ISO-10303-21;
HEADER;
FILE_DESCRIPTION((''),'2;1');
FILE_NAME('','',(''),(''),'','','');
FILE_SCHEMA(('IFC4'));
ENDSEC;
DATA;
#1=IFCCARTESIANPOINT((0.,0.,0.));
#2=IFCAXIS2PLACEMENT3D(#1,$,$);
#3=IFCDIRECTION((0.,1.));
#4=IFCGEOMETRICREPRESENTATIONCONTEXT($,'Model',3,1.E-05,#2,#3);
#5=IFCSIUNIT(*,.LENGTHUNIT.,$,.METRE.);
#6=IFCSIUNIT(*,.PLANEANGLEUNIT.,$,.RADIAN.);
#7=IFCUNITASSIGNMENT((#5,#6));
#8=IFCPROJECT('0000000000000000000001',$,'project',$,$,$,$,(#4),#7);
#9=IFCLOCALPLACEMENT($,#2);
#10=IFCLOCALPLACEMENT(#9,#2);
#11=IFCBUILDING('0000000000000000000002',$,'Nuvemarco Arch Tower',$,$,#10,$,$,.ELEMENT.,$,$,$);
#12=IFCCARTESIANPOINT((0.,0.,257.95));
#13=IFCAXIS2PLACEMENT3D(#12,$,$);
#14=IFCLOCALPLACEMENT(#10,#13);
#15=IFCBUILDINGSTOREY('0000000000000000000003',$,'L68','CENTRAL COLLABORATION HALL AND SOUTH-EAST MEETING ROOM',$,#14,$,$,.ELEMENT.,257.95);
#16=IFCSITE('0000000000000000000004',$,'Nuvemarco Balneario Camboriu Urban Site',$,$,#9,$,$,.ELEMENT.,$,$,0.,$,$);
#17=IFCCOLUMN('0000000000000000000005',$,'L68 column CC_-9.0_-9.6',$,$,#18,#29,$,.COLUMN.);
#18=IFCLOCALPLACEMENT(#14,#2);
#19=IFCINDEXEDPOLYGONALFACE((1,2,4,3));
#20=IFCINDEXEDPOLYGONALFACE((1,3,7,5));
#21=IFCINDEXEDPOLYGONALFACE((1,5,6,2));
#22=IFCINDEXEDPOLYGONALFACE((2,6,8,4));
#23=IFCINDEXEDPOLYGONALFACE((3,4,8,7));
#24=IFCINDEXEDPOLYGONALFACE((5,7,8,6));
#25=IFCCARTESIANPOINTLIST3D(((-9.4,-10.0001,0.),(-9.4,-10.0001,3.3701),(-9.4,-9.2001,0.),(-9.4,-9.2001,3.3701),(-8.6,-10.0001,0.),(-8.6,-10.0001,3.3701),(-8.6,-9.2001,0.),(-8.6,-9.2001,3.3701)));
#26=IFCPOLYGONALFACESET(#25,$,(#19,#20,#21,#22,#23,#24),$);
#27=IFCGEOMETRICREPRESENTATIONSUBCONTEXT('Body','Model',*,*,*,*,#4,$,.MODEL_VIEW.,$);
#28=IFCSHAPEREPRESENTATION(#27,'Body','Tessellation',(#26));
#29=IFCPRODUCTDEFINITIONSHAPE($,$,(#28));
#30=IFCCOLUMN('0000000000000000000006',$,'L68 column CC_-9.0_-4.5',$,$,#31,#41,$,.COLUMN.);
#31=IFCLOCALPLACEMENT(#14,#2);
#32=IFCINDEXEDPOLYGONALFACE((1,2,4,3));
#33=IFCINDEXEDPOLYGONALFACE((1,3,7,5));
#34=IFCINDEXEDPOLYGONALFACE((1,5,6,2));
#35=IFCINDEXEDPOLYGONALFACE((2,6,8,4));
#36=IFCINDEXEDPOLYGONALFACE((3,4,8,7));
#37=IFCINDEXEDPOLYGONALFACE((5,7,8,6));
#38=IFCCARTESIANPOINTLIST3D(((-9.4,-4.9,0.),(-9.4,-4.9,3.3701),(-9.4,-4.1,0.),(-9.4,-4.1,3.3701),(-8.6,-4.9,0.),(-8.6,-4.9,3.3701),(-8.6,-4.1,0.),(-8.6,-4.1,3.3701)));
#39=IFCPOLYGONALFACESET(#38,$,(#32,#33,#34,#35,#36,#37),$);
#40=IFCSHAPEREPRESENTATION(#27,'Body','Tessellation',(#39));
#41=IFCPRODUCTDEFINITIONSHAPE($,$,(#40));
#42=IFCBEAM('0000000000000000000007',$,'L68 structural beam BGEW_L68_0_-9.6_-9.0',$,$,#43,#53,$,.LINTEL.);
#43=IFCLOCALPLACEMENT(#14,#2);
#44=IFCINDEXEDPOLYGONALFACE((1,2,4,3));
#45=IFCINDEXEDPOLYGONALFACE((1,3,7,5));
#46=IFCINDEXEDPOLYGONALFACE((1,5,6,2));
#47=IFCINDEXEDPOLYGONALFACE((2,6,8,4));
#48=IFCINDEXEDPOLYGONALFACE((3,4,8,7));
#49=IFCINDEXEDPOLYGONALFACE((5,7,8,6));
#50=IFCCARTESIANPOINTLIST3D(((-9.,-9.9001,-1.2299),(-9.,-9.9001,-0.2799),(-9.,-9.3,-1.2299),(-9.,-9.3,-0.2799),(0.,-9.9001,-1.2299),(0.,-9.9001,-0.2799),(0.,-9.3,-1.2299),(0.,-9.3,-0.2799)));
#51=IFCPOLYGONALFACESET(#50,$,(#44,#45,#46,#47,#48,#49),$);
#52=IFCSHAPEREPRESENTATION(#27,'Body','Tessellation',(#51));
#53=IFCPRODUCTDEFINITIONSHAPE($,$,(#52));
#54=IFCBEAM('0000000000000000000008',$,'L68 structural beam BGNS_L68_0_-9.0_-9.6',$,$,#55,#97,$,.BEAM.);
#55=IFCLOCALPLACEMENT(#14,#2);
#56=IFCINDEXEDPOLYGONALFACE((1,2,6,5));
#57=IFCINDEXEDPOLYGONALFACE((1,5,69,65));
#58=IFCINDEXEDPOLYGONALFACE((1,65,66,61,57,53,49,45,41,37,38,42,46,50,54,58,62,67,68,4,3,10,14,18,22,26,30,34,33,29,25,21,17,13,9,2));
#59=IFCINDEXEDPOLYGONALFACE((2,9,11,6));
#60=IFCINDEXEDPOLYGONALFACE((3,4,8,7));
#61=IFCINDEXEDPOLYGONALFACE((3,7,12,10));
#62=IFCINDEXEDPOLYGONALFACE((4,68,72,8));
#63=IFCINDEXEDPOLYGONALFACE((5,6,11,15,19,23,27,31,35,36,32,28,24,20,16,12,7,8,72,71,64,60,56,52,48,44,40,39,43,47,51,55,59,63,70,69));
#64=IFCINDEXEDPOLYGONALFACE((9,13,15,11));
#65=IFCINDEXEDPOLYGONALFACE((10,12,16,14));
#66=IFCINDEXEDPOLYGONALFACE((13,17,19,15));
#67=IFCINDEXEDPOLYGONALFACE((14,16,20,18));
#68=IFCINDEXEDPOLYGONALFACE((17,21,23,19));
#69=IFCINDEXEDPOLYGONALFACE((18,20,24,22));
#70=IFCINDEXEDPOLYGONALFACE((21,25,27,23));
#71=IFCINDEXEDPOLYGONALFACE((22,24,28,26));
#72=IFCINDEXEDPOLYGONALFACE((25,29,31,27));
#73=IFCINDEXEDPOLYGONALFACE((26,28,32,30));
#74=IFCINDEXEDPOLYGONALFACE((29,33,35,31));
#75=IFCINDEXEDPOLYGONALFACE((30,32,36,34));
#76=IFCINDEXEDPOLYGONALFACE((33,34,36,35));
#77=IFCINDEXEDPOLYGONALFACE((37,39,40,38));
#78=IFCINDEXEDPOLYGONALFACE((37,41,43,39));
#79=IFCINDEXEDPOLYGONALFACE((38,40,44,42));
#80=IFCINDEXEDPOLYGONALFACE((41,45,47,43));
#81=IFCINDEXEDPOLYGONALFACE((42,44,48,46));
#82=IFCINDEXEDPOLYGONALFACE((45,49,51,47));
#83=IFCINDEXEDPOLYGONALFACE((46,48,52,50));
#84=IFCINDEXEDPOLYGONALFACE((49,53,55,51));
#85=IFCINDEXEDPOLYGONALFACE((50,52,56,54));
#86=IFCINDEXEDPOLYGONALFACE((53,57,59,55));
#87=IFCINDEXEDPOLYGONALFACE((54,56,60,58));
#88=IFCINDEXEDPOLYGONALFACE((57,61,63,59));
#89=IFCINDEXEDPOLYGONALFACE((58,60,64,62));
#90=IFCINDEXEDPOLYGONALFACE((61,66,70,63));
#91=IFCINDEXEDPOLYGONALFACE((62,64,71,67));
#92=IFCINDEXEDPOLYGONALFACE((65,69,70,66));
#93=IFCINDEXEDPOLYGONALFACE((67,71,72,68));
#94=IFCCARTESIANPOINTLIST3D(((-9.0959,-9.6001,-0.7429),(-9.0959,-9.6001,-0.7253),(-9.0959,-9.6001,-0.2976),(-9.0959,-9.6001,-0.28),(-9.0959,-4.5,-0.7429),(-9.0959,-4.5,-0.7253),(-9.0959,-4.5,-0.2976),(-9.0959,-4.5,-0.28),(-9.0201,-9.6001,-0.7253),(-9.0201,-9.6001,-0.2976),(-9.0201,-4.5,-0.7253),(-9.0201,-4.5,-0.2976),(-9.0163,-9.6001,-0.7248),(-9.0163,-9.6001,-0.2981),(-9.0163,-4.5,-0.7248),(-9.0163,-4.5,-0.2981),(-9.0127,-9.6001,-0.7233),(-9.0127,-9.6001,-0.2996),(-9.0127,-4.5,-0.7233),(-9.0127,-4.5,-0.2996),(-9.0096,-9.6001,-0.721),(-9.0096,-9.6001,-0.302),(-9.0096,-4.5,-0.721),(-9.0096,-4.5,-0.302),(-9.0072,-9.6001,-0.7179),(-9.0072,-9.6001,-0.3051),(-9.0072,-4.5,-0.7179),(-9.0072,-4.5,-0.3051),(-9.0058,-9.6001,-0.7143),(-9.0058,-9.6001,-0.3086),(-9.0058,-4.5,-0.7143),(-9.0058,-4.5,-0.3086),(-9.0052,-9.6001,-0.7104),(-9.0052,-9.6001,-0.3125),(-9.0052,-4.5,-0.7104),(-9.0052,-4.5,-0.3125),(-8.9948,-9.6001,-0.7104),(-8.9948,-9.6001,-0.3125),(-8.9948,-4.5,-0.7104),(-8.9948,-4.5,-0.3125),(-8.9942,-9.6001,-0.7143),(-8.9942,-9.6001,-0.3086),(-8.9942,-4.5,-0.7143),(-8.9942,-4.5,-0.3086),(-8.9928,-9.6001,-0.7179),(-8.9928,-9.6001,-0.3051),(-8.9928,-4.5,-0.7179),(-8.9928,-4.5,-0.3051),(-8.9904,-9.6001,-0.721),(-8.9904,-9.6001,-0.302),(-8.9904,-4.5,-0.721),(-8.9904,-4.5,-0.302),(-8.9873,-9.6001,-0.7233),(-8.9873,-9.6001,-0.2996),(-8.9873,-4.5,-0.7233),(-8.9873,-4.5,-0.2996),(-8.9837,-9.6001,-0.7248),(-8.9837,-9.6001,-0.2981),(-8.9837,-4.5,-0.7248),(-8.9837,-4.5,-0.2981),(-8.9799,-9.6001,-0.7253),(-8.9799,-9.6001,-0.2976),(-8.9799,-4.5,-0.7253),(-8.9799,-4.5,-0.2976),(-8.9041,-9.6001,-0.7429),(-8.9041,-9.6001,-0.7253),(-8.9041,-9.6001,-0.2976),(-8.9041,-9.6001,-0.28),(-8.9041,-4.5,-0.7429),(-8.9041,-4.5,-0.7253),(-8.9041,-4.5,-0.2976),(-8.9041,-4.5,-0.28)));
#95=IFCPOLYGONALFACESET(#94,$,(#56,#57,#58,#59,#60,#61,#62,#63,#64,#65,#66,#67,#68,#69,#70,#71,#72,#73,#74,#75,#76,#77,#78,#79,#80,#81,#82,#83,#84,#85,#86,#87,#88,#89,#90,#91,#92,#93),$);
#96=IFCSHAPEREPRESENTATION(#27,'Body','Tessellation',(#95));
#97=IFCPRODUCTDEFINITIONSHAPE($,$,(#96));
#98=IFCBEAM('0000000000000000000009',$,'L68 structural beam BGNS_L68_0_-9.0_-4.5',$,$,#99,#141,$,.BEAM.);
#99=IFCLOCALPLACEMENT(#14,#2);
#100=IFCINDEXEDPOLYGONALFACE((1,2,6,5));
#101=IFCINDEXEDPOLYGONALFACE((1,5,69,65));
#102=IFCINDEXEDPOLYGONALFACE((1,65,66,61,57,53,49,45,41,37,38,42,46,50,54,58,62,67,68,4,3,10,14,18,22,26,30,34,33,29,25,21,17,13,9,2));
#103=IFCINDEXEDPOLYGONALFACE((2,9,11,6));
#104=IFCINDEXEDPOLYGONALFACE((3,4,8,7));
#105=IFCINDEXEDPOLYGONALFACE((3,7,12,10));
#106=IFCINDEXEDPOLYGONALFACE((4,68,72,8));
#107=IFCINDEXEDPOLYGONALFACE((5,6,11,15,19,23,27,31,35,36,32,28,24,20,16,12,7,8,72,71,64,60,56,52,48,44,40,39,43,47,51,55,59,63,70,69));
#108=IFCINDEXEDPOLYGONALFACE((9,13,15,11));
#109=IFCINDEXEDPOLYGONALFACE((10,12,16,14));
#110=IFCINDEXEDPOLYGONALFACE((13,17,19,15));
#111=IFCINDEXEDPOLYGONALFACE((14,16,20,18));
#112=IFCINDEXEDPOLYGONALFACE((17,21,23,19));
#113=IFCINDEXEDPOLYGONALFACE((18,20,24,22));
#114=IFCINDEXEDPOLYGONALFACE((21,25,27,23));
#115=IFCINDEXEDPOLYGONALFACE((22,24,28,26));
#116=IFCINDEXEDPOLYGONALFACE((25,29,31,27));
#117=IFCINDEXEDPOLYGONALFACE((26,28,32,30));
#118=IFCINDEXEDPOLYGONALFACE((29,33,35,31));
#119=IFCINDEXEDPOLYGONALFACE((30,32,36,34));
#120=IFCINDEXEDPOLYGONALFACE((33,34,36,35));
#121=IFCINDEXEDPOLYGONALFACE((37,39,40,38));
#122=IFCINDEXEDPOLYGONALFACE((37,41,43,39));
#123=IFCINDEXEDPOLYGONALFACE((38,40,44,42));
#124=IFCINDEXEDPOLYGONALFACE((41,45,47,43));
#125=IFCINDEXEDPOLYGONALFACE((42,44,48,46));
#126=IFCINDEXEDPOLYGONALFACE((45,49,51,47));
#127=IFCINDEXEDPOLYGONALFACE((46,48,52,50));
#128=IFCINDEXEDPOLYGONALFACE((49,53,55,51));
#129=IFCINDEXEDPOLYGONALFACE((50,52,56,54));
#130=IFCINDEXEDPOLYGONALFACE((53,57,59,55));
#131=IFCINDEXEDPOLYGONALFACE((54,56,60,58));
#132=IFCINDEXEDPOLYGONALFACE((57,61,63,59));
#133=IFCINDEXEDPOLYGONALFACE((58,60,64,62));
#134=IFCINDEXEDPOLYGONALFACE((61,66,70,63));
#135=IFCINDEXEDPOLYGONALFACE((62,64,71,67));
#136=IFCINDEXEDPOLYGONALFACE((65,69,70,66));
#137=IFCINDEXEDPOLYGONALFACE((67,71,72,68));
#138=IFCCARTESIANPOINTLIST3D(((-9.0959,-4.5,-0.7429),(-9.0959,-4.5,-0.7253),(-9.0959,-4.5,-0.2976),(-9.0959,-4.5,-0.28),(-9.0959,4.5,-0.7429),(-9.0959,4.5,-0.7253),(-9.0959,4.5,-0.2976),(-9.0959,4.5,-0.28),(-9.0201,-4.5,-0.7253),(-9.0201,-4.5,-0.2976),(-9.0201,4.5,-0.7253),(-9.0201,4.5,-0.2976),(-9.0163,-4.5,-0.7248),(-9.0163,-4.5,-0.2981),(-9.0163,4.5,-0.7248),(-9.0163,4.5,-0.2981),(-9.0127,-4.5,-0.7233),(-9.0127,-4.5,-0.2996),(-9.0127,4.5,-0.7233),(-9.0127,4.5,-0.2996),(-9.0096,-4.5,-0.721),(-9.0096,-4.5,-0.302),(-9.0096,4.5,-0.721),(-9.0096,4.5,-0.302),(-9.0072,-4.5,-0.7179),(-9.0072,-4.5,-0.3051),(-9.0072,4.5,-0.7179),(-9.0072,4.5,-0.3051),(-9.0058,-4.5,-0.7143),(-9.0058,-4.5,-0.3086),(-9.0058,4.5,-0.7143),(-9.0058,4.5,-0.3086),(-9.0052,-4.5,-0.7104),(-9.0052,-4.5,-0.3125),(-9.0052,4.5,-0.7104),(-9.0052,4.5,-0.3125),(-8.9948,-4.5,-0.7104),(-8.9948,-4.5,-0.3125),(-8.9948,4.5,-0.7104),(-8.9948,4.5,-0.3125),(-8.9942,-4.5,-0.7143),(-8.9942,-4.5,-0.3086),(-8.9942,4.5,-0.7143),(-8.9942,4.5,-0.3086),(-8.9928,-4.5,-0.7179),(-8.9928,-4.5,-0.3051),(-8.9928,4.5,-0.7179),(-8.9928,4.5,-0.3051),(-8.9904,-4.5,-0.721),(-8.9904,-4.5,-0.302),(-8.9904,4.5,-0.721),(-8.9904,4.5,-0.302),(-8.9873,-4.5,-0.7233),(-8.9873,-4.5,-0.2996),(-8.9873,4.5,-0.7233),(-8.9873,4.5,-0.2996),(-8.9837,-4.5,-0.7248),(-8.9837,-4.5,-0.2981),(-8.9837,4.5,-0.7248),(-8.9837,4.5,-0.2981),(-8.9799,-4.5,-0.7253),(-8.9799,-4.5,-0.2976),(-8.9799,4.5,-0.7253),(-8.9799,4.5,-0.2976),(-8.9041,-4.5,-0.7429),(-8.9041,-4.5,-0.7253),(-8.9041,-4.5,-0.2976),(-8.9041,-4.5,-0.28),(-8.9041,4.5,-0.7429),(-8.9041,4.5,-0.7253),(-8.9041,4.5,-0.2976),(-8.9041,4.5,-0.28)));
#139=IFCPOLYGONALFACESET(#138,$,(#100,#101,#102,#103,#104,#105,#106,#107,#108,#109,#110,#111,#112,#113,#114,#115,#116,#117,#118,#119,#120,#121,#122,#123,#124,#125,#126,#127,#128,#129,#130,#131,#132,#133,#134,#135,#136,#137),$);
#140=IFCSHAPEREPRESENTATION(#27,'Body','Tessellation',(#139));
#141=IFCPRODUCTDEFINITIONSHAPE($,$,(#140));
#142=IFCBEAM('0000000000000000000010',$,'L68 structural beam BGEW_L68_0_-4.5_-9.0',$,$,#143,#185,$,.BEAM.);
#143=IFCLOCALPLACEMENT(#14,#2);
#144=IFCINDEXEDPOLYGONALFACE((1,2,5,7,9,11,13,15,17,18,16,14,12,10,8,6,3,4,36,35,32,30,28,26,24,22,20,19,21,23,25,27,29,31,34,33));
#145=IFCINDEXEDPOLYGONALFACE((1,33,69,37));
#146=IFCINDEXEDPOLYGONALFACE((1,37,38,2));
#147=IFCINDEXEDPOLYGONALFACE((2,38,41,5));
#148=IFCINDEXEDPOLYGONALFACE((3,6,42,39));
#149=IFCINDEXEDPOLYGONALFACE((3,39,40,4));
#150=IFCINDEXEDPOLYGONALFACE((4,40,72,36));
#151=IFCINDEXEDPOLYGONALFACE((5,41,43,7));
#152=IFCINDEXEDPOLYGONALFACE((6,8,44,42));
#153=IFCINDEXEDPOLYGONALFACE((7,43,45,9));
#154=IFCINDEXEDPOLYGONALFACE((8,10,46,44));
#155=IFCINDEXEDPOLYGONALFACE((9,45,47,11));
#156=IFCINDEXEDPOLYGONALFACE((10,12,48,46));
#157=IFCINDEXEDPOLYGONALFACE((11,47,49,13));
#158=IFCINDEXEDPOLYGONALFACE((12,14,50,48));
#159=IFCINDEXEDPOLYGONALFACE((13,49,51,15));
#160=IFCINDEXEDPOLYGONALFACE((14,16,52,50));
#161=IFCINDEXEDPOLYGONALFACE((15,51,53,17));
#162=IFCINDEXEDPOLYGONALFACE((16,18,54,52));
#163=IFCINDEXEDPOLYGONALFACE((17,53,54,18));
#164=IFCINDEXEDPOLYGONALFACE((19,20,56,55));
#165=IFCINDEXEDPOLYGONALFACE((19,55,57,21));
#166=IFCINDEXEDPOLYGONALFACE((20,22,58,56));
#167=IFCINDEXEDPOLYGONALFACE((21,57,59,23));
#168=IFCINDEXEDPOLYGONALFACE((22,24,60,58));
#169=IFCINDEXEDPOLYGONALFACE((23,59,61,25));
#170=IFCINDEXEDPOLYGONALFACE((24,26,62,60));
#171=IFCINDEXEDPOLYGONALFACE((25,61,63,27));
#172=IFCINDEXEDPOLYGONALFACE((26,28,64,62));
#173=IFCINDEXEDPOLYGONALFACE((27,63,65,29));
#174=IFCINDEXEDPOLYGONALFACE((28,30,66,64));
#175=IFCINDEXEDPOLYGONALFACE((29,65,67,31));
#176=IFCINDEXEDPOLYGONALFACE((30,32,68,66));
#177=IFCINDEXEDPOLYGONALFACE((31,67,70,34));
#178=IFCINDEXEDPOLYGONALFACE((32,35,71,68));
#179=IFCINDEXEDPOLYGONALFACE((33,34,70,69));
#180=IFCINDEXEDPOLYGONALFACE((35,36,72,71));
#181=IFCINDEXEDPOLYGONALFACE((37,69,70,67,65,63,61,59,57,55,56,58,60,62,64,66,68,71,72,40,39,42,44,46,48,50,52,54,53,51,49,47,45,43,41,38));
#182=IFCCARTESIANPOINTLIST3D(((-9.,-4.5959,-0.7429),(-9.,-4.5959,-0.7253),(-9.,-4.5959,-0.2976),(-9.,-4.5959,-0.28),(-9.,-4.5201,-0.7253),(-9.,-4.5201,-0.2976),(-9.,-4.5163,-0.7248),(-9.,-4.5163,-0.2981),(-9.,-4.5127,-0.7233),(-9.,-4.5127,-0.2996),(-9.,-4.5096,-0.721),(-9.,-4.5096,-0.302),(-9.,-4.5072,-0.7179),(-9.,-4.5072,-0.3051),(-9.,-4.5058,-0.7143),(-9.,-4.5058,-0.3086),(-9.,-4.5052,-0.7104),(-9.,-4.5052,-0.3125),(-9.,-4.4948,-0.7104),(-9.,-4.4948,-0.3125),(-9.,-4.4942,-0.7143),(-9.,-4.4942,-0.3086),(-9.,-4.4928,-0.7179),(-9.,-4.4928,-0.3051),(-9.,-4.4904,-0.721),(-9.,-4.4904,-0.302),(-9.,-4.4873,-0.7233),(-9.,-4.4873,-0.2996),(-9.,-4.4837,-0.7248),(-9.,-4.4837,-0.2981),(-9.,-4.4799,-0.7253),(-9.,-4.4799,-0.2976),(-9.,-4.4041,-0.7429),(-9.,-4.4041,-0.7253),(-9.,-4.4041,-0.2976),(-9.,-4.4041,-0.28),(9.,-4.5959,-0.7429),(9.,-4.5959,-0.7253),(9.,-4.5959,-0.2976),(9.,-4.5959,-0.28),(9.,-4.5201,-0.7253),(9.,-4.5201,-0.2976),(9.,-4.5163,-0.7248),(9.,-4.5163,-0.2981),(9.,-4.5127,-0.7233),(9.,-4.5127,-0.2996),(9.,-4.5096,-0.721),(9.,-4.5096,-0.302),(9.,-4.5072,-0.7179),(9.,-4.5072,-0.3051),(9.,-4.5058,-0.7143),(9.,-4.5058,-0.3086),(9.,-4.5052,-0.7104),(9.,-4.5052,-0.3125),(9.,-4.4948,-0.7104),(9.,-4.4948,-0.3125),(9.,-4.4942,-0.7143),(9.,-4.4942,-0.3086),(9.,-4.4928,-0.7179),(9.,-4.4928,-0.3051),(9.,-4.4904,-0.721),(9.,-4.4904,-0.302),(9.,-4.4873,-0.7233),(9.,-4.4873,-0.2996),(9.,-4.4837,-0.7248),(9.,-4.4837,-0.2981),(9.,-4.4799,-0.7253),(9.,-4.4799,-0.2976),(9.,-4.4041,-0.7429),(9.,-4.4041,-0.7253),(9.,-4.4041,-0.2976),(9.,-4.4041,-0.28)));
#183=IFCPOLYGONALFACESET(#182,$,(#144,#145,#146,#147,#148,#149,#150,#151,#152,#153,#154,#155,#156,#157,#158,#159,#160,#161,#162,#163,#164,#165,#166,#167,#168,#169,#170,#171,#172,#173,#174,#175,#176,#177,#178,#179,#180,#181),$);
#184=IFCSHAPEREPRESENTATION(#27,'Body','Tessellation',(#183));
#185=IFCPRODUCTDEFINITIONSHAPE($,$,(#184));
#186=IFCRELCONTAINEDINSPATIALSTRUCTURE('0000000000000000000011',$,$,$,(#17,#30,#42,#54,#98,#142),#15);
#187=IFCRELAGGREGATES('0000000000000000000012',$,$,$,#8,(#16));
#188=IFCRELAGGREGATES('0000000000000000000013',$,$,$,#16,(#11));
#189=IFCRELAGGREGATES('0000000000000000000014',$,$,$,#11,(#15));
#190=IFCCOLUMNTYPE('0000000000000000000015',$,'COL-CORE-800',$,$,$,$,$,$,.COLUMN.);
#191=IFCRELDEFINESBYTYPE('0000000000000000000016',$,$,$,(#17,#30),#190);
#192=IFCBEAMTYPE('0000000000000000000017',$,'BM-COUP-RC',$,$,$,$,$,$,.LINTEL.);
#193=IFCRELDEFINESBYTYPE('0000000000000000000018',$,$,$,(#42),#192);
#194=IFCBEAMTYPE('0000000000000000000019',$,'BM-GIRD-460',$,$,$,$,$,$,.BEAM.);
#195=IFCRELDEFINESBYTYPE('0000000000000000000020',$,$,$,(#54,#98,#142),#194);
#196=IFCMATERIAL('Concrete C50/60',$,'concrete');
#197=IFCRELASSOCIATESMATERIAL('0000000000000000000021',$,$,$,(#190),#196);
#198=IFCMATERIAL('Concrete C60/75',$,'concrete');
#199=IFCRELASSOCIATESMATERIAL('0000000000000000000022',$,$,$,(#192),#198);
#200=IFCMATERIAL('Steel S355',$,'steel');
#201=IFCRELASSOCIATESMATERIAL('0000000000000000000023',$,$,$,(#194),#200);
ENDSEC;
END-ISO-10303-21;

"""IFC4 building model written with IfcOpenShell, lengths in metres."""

from ifc_helpers import new_model, si_unit, direction, frame, origin, origin_2d, place, context, subcontext, project, spatial, rectangle, i_section, extrude, material, material_profile, profile_set, type_object, element, save


model = new_model("IFC4")

# Units and contexts
model_context = context("Model", 3, precision=1e-05, world=origin(), true_north=direction((0.0, 1.0)))
body_context = subcontext(model_context, "Body", "Model", "MODEL_VIEW")
ifc_project = project(units=[si_unit("LENGTHUNIT", "METRE"), si_unit("PLANEANGLEUNIT", "RADIAN")], contexts=[model_context])

# Site, building, storey
site_placement = place(None, origin())
site = spatial("IfcSite", under=ifc_project, at=site_placement, Name="Nuvemarco Balneario Camboriu Urban Site", CompositionType="ELEMENT", RefElevation=0.0)
building_placement = place(site_placement, origin())
building = spatial("IfcBuilding", under=site, at=building_placement, Name="Nuvemarco Arch Tower", CompositionType="ELEMENT")
storey_placement = place(building_placement, frame((0.0, 0.0, 257.95)))
storey = spatial("IfcBuildingStorey", under=building, at=storey_placement, Name="L68", Description="CENTRAL COLLABORATION HALL AND SOUTH-EAST MEETING ROOM", CompositionType="ELEMENT", Elevation=257.95)

# Columns
ifc_material_1 = material(Name="Concrete C50/60", Category="concrete")
ifc_material_profile_1 = material_profile(ifc_material_1, rectangle(XDim=0.8, YDim=0.8, at=origin_2d()), Name="RC-COL-800x800")
ifc_profile_set_1 = profile_set([ifc_material_profile_1], Name="Concrete C50/60")
column_type = type_object("IfcColumnType", Name="COL-CORE-800", PredefinedType="COLUMN", material=ifc_profile_set_1)
for number, where, z_axis, x_axis, name in (
    (1, (-9.0, -9.6001, 0.0), (0.0, 0.0, 1.0), (1.0, 0.0, 0.0), "L68 column CC_-9.0_-9.6"),
    (2, (-9.0, -4.5, 0.0), (0.0, 0.0, 1.0), (1.0, 0.0, 0.0), "L68 column CC_-9.0_-4.5"),
):
    element("IfcColumn", number, at=place(storey_placement, frame(where, z_axis=z_axis, x_axis=x_axis)), inside=storey, type_object=column_type, Name=name, PredefinedType="COLUMN", context=body_context, shape_type="SweptSolid", body=[
        extrude(rectangle(XDim=0.8, YDim=0.8, at=origin_2d()), origin(), (0.0, 0.0, 1.0), 3.3701),
    ])

# Beams
ifc_material_2 = material(Name="Concrete C60/75", Category="concrete")
ifc_material_profile_2 = material_profile(ifc_material_2, rectangle(XDim=0.6001, YDim=0.95, at=origin_2d()), Name="RC-BM-600x950")
ifc_profile_set_2 = profile_set([ifc_material_profile_2], Name="Concrete C60/75")
beam_type_1 = type_object("IfcBeamType", Name="BM-COUP-RC", PredefinedType="LINTEL", material=ifc_profile_set_2)
beam_1_placement = place(storey_placement, frame((-9.0, -9.6001, -0.7549), z_axis=(1.0, 0.0, 0.0), x_axis=(0.0, 1.0, 0.0)))
element("IfcBeam", 3, at=beam_1_placement, inside=storey, type_object=beam_type_1, Name="L68 structural beam BGEW_L68_0_-9.6_-9.0", PredefinedType="LINTEL", context=body_context, shape_type="SweptSolid", body=[
    extrude(rectangle(XDim=0.6001, YDim=0.95, at=origin_2d()), origin(), (0.0, 0.0, 1.0), 9.0),
])
ifc_material_3 = material(Name="Steel S355", Category="steel")
ifc_material_profile_3 = material_profile(ifc_material_3, i_section(OverallWidth=0.1919, OverallDepth=0.4629, WebThickness=0.0105, FlangeThickness=0.0176, FilletRadius=0.0149, at=origin_2d()), Name="W460x89")
ifc_profile_set_3 = profile_set([ifc_material_profile_3], Name="Steel S355")
beam_type_2 = type_object("IfcBeamType", Name="BM-GIRD-460", PredefinedType="BEAM", material=ifc_profile_set_3)
beam_2_placement = place(storey_placement, frame((-9.0, -9.6001, -0.5115), z_axis=(0.0, 1.0, 0.0), x_axis=(-1.0, 0.0, 0.0)))
element("IfcBeam", 4, at=beam_2_placement, inside=storey, type_object=beam_type_2, Name="L68 structural beam BGNS_L68_0_-9.0_-9.6", PredefinedType="BEAM", context=body_context, shape_type="SweptSolid", body=[
    extrude(i_section(OverallWidth=0.1919, OverallDepth=0.4629, WebThickness=0.0105, FlangeThickness=0.0176, FilletRadius=0.0149, at=origin_2d()), origin(), (0.0, 0.0, 1.0), 5.1001),
])
beam_3_placement = place(storey_placement, frame((-9.0, -4.5, -0.5115), z_axis=(0.0, 1.0, 0.0), x_axis=(-1.0, 0.0, 0.0)))
element("IfcBeam", 5, at=beam_3_placement, inside=storey, type_object=beam_type_2, Name="L68 structural beam BGNS_L68_0_-9.0_-4.5", PredefinedType="BEAM", context=body_context, shape_type="SweptSolid", body=[
    extrude(i_section(OverallWidth=0.1919, OverallDepth=0.4629, WebThickness=0.0105, FlangeThickness=0.0176, FilletRadius=0.0149, at=origin_2d()), origin(), (0.0, 0.0, 1.0), 9.0),
])
beam_4_placement = place(storey_placement, frame((-9.0, -4.5, -0.5115), z_axis=(1.0, 0.0, 0.0), x_axis=(0.0, 1.0, 0.0)))
element("IfcBeam", 6, at=beam_4_placement, inside=storey, type_object=beam_type_2, Name="L68 structural beam BGEW_L68_0_-4.5_-9.0", PredefinedType="BEAM", context=body_context, shape_type="SweptSolid", body=[
    extrude(i_section(OverallWidth=0.1919, OverallDepth=0.4629, WebThickness=0.0105, FlangeThickness=0.0176, FilletRadius=0.0149, at=origin_2d()), origin(), (0.0, 0.0, 1.0), 18.0),
])

save(model, "model.ifc")
